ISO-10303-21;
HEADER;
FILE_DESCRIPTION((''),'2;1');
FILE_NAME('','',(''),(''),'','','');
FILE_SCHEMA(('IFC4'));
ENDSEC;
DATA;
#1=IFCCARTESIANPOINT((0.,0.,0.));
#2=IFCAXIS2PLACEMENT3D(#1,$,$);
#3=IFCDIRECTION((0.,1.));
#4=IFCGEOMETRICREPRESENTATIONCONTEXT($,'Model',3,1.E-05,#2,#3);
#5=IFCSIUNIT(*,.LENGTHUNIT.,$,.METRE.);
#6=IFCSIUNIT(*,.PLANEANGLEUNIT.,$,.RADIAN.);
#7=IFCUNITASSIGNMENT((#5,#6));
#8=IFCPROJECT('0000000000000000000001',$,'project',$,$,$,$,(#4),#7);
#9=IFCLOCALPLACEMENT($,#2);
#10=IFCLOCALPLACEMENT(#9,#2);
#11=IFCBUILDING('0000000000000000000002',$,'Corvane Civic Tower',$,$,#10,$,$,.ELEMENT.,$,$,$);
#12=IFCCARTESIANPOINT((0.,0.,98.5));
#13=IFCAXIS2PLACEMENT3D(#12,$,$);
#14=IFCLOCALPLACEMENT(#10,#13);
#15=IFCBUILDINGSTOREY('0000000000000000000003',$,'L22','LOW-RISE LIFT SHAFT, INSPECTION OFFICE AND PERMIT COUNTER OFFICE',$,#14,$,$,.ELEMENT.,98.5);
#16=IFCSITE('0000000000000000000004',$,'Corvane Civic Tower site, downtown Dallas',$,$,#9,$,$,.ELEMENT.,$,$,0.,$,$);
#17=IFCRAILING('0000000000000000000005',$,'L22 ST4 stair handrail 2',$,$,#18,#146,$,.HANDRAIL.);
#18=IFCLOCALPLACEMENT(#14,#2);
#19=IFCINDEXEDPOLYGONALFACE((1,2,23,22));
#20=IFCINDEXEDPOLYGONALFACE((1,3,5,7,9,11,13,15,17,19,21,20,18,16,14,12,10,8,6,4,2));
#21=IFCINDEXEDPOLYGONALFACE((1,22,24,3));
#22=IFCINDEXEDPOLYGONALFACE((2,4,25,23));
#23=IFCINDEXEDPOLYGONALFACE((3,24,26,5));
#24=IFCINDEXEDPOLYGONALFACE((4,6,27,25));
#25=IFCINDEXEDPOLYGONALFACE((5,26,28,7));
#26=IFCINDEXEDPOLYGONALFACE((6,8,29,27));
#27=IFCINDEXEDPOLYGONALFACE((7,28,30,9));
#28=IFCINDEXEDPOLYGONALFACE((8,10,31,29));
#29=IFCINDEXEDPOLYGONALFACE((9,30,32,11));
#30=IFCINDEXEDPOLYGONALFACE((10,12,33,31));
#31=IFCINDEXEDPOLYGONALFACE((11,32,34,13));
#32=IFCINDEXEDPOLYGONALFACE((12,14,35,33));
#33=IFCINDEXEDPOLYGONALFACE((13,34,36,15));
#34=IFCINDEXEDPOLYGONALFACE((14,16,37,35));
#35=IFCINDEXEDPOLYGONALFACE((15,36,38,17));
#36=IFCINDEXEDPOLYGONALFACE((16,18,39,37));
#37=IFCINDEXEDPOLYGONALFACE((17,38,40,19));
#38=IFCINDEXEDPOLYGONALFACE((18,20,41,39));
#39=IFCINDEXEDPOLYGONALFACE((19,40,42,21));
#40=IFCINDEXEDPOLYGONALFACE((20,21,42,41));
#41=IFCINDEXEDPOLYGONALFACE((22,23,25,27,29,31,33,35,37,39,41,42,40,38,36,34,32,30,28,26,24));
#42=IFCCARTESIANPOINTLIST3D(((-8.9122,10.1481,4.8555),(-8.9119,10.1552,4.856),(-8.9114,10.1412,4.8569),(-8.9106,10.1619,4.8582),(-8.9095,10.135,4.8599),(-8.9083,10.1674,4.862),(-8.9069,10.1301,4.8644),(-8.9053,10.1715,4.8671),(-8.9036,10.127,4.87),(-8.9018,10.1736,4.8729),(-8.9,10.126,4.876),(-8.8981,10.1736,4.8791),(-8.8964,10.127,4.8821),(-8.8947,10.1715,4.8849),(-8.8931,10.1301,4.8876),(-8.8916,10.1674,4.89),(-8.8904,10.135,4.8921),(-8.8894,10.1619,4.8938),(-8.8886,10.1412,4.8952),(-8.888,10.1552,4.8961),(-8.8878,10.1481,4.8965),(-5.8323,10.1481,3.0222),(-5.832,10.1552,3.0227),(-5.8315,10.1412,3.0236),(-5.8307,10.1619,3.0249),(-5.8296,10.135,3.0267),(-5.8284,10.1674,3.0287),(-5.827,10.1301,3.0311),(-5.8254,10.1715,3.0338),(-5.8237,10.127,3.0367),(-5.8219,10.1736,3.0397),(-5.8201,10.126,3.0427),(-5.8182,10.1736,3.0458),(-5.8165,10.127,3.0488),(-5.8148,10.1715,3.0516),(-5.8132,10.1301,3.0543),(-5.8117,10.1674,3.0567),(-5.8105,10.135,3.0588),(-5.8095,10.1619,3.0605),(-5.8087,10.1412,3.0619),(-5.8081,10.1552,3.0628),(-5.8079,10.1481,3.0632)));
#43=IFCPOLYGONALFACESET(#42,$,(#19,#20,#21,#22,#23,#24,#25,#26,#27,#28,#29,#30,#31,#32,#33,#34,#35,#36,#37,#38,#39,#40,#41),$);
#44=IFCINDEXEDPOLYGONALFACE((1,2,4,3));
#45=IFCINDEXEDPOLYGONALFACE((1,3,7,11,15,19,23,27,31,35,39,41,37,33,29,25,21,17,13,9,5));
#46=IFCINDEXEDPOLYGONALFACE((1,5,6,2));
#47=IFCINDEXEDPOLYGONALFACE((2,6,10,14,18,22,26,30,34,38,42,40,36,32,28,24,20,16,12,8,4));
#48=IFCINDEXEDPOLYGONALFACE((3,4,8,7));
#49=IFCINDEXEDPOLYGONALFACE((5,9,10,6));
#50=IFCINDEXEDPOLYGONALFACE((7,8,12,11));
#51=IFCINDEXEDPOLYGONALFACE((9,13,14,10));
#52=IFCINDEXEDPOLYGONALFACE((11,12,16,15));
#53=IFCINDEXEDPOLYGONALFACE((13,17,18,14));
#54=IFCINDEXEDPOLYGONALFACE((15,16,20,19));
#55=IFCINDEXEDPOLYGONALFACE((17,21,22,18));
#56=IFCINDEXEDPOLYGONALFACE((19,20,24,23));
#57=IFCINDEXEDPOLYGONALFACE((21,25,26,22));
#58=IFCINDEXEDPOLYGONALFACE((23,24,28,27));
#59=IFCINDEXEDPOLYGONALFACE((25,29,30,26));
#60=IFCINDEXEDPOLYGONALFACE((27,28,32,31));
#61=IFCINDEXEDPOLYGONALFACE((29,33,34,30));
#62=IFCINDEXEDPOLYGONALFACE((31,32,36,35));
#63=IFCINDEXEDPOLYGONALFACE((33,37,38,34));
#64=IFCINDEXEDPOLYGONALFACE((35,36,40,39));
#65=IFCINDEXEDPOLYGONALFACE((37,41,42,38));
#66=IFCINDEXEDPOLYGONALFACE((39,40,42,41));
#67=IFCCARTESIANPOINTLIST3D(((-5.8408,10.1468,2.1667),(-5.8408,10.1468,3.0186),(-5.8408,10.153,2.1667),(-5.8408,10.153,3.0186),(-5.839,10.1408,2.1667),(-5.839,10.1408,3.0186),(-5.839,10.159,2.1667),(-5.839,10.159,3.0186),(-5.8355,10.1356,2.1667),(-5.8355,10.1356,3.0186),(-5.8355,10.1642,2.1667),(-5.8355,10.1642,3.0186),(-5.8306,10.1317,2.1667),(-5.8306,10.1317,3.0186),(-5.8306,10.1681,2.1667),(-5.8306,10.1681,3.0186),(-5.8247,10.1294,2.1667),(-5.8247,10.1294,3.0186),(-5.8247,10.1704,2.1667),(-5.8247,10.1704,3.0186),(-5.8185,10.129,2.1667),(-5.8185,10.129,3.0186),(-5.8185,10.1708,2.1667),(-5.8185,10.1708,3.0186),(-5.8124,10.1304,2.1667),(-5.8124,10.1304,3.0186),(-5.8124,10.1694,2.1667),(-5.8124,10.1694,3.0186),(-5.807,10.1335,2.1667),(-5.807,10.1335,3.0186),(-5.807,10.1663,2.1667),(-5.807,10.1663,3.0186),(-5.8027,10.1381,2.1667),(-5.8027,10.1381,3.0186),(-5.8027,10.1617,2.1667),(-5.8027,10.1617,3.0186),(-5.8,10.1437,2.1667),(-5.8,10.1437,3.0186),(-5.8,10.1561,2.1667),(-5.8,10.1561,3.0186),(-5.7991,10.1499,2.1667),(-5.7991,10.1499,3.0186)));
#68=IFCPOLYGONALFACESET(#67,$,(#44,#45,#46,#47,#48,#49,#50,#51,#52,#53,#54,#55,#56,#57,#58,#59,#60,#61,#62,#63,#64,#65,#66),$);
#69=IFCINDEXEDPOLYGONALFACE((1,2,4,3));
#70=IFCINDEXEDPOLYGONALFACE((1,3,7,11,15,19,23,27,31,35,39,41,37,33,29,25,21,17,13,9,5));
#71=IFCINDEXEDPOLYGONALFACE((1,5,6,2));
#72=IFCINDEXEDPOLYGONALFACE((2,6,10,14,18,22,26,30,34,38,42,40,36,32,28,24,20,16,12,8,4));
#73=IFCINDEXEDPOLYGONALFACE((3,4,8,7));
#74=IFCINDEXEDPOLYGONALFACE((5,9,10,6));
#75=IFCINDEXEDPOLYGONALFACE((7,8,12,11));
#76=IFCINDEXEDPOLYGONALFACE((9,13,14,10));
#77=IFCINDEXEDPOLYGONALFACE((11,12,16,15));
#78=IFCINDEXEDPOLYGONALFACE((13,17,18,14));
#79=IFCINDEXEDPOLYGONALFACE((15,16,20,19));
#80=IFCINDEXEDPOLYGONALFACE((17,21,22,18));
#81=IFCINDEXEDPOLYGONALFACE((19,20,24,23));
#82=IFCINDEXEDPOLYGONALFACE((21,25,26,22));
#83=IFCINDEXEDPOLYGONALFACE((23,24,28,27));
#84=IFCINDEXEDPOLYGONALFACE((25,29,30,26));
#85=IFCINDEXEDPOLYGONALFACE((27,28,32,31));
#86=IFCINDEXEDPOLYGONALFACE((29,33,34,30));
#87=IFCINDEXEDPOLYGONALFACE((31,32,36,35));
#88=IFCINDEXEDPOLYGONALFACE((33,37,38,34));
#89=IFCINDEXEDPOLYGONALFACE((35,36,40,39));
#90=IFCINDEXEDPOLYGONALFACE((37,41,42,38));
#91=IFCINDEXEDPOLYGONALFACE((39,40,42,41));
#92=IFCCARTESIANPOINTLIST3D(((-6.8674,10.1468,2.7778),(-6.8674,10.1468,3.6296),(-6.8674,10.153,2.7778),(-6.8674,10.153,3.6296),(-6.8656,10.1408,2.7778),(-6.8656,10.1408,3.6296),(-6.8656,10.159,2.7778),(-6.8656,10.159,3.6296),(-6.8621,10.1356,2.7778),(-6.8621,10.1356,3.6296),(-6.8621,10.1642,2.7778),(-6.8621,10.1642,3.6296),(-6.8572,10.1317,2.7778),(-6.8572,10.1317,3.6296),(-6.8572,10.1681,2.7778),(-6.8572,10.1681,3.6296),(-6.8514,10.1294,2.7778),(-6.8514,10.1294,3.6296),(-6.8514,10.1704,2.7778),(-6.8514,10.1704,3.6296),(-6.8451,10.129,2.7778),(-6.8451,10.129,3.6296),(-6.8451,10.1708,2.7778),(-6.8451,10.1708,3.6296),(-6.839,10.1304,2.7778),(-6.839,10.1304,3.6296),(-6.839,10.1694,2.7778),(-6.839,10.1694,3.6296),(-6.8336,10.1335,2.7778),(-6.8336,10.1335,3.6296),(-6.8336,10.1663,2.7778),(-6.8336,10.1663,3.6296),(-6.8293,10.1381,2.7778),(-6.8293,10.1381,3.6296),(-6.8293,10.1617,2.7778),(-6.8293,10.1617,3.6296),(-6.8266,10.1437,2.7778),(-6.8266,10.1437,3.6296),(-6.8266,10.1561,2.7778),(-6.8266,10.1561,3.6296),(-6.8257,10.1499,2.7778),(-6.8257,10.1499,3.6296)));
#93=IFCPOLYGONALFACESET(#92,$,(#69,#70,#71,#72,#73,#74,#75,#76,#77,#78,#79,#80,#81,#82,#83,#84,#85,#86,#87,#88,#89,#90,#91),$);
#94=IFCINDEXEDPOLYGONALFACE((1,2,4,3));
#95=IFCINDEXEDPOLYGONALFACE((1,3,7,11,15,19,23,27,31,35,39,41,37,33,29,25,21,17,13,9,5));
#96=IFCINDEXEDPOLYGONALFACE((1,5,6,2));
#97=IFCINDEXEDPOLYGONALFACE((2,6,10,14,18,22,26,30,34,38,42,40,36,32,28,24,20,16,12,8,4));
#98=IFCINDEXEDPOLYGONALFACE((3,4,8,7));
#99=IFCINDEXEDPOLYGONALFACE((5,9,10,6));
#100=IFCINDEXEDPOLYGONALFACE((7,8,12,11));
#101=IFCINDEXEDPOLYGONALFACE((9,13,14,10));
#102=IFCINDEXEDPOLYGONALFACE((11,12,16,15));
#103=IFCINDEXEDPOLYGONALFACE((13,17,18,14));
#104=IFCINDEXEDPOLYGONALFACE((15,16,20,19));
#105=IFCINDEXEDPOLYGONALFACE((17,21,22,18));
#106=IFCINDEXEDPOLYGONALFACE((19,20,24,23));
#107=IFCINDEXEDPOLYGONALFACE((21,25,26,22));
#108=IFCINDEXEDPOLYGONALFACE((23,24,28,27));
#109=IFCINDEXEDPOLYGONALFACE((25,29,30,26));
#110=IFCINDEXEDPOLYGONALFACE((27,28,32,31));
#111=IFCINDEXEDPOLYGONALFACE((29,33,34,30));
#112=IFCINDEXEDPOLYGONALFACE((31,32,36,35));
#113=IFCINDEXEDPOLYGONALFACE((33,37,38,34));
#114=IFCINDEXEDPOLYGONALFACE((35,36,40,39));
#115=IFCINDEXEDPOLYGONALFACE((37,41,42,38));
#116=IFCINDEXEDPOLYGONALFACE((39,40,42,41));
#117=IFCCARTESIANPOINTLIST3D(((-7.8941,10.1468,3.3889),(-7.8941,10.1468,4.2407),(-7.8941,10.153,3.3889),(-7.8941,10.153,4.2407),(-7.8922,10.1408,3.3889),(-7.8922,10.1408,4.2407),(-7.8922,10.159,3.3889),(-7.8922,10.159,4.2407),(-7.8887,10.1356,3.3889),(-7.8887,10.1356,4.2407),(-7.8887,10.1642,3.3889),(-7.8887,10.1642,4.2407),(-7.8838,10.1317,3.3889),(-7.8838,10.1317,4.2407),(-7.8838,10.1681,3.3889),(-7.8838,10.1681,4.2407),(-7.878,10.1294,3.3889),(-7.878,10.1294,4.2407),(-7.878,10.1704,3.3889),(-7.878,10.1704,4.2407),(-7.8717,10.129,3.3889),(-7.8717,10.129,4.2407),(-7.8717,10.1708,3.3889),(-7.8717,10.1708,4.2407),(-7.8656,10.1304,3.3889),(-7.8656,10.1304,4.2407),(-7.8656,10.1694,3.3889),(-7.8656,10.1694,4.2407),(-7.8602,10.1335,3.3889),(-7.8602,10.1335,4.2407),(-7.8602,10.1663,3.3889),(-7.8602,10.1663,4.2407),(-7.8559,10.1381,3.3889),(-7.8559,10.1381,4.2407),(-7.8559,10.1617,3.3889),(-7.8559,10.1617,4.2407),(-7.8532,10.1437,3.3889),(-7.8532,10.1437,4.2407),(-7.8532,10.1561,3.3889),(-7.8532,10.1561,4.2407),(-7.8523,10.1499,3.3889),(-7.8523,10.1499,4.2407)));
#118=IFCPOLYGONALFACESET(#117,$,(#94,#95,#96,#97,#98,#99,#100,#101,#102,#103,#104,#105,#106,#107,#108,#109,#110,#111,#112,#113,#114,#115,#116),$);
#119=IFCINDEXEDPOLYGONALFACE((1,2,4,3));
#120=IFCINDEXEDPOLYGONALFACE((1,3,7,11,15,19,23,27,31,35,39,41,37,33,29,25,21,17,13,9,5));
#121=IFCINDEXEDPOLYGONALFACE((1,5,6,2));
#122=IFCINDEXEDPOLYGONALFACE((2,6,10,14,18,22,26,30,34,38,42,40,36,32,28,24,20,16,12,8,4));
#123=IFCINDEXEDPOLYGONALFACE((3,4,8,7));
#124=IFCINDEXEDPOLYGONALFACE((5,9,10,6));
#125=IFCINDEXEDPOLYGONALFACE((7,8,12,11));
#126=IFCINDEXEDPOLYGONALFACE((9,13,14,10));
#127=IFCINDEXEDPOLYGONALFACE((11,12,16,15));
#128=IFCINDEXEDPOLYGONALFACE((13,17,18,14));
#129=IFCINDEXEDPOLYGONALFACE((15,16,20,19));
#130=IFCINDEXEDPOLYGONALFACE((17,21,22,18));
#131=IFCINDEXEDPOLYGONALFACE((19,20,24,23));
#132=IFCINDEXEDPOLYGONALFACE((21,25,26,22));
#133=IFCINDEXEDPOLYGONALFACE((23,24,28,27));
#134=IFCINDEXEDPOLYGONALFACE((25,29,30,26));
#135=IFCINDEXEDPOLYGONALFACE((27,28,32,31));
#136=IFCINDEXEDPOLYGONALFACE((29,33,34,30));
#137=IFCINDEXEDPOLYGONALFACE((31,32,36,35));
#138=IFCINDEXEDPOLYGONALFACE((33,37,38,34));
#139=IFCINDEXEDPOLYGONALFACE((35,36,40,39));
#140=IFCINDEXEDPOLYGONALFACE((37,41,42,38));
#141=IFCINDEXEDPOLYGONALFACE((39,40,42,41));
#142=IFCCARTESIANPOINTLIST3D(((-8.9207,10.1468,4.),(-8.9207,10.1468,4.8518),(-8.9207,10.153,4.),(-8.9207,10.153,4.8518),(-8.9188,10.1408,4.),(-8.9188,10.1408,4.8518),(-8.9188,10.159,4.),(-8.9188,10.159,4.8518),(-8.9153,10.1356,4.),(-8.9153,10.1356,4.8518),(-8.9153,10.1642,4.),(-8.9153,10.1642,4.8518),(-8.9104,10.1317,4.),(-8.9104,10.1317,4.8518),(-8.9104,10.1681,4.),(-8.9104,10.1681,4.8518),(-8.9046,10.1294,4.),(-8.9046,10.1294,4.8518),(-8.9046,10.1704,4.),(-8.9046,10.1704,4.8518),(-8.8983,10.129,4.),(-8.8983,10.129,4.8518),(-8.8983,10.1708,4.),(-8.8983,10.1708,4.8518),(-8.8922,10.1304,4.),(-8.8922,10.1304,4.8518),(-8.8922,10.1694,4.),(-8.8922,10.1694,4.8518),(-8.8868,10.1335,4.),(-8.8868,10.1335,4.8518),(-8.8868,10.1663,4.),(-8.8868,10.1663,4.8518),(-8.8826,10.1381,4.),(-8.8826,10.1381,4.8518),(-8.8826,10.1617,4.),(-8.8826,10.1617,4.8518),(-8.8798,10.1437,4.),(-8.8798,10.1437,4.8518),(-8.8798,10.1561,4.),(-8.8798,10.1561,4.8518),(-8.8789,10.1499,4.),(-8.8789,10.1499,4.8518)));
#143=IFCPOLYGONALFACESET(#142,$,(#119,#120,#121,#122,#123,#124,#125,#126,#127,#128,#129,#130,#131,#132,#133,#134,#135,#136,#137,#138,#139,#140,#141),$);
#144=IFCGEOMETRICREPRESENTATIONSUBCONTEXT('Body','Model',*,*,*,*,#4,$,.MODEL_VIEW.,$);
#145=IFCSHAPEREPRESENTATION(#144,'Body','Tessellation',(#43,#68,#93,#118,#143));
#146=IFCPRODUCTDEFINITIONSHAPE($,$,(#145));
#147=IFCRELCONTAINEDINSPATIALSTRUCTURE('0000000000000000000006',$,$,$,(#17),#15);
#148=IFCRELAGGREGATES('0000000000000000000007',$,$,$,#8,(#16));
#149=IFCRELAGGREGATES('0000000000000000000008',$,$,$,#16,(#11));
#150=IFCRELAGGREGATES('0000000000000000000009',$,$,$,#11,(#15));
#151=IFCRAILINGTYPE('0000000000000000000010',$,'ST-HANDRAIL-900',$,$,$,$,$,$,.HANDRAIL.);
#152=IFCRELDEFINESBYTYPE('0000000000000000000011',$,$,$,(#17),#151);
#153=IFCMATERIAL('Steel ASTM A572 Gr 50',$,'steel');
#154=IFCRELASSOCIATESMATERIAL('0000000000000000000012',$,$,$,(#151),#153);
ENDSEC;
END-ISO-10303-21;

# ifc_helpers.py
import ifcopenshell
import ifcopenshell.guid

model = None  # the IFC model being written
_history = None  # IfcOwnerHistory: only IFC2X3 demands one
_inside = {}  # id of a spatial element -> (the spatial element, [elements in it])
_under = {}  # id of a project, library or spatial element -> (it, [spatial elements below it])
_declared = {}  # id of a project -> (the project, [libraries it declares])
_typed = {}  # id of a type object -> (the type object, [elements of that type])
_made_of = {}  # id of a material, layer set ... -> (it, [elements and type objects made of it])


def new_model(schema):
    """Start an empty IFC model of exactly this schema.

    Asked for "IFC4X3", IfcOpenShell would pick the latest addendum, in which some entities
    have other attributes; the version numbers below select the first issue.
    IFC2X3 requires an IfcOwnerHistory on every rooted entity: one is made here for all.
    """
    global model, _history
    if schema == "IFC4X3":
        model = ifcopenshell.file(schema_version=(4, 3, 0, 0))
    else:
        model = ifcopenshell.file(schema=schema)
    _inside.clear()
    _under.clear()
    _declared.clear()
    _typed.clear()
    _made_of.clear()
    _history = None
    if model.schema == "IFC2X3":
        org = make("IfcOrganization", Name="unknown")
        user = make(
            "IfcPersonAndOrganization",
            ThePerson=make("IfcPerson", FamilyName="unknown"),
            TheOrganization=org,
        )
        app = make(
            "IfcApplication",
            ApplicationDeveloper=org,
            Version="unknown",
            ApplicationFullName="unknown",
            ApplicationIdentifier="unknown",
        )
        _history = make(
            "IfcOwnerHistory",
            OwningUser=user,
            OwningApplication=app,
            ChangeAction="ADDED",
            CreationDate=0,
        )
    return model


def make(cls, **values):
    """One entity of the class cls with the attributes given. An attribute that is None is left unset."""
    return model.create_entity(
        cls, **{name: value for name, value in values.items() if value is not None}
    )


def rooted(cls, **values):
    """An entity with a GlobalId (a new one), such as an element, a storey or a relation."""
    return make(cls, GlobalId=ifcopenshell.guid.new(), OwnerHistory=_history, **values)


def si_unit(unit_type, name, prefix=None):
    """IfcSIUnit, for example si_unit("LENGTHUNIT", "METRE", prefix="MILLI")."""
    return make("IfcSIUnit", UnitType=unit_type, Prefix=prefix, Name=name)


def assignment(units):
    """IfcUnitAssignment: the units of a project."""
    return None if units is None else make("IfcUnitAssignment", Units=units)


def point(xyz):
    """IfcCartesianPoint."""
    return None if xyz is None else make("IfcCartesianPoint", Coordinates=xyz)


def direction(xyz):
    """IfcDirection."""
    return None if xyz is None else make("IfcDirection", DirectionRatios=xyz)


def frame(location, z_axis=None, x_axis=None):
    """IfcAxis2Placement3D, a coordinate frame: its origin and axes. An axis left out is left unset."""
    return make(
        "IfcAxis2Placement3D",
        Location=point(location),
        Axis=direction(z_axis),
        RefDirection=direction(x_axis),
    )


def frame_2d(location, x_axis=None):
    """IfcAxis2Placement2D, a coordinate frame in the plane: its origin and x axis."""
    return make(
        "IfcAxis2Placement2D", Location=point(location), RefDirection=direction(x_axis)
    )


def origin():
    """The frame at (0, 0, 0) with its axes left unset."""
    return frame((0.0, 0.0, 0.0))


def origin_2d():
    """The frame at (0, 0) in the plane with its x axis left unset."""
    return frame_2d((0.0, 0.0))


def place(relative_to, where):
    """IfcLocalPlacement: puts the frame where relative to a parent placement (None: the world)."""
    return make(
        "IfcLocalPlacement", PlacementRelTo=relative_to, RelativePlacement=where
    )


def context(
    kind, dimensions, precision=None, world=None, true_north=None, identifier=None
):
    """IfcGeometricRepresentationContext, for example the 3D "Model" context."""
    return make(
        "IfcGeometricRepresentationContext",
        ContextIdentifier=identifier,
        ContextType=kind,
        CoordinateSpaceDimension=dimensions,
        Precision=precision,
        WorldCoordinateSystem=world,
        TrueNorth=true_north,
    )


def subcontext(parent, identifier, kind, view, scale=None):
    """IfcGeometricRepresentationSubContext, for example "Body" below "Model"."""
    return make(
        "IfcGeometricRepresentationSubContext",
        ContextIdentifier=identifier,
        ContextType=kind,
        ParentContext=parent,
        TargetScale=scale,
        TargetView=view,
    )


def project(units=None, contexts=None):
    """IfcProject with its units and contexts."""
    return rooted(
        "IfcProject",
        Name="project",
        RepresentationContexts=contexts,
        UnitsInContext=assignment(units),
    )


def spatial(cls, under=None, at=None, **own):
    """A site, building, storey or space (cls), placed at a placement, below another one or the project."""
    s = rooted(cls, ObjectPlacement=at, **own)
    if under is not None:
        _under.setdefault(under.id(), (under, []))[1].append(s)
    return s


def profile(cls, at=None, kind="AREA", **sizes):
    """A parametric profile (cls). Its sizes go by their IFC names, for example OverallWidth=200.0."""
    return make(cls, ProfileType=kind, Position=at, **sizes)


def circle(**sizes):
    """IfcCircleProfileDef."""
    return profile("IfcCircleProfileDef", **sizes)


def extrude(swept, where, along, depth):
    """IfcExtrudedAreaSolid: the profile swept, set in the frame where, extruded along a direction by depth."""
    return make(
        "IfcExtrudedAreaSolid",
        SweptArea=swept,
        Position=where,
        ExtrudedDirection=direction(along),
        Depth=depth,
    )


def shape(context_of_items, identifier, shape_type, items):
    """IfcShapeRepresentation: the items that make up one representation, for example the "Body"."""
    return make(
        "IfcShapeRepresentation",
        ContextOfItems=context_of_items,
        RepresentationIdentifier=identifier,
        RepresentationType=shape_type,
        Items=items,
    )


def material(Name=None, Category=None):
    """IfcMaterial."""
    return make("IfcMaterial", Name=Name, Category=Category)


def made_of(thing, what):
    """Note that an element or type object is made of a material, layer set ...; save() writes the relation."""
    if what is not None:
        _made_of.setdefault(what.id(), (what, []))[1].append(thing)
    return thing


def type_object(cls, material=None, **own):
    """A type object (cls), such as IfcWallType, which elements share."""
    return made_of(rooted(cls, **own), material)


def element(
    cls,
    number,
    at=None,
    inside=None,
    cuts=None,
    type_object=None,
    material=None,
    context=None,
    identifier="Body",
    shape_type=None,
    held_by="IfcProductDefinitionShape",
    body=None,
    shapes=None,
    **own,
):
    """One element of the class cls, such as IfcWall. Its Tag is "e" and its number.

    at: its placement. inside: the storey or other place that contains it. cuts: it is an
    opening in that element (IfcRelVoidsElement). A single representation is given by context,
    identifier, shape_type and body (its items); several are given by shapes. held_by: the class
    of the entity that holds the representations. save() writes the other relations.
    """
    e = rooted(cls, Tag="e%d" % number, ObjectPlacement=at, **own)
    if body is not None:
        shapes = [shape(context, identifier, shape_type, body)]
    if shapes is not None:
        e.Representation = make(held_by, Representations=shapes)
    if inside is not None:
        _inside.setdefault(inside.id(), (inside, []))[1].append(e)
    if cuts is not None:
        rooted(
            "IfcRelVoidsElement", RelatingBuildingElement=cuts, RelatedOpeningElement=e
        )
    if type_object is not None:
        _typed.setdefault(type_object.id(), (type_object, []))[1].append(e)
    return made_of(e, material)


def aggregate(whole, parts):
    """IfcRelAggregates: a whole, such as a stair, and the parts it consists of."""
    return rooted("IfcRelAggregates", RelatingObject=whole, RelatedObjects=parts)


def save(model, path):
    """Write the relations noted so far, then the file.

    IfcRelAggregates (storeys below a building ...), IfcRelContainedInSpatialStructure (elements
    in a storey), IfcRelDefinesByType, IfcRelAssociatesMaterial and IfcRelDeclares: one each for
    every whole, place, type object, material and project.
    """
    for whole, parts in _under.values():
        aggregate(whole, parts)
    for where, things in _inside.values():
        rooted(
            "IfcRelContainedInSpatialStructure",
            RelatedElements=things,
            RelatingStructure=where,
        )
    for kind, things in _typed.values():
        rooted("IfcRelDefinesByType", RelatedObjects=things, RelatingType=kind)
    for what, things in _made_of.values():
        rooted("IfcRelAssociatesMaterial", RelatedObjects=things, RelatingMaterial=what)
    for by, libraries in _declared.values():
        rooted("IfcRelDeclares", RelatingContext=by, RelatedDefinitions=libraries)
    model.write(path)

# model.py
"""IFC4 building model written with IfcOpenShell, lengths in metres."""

from ifc_helpers import new_model, si_unit, direction, frame, origin, origin_2d, place, context, subcontext, project, spatial, circle, extrude, material, type_object, element, save


model = new_model("IFC4")

# Units and contexts
model_context = context("Model", 3, precision=1e-05, world=origin(), true_north=direction((0.0, 1.0)))
body_context = subcontext(model_context, "Body", "Model", "MODEL_VIEW")
ifc_project = project(units=[si_unit("LENGTHUNIT", "METRE"), si_unit("PLANEANGLEUNIT", "RADIAN")], contexts=[model_context])

# Site, building, storey
site_placement = place(None, origin())
site = spatial("IfcSite", under=ifc_project, at=site_placement, Name="Corvane Civic Tower site, downtown Dallas", CompositionType="ELEMENT", RefElevation=0.0)
building_placement = place(site_placement, origin())
building = spatial("IfcBuilding", under=site, at=building_placement, Name="Corvane Civic Tower", CompositionType="ELEMENT")
storey_placement = place(building_placement, frame((0.0, 0.0, 98.5)))
storey = spatial("IfcBuildingStorey", under=building, at=storey_placement, Name="L22", Description="LOW-RISE LIFT SHAFT, INSPECTION OFFICE AND PERMIT COUNTER OFFICE", CompositionType="ELEMENT", Elevation=98.5)

# Railing
ifc_material_1 = material(Name="Steel ASTM A572 Gr 50", Category="steel")
railing_type_1 = type_object("IfcRailingType", Name="ST-HANDRAIL-900", PredefinedType="HANDRAIL", material=ifc_material_1)
railing_1_placement = place(storey_placement, frame((-5.8201, 10.1499, 2.1667)))
element("IfcRailing", 1, at=railing_1_placement, inside=storey, type_object=railing_type_1, Name="L22 ST4 stair handrail 2", PredefinedType="HANDRAIL", context=body_context, shape_type="SweptSolid", body=[
    extrude(circle(Radius=0.0239, at=origin_2d()), frame((0.0, 0.0, 0.876), z_axis=(-0.859291, 0.0, 0.511487), x_axis=(0.0, -1.0, 0.0)), (0.0, 0.0, 1.0), 3.5842),
    extrude(circle(Radius=0.021, at=origin_2d()), origin(), (0.0, 0.0, 1.0), 0.8518),
    extrude(circle(Radius=0.021, at=origin_2d()), frame((-1.0266, 0.0, 0.6111)), (0.0, 0.0, 1.0), 0.8518),
    extrude(circle(Radius=0.021, at=origin_2d()), frame((-2.0532, 0.0, 1.2222)), (0.0, 0.0, 1.0), 0.8518),
    extrude(circle(Radius=0.021, at=origin_2d()), frame((-3.0798, 0.0, 1.8333)), (0.0, 0.0, 1.0), 0.8518),
])

save(model, "model.ifc")
